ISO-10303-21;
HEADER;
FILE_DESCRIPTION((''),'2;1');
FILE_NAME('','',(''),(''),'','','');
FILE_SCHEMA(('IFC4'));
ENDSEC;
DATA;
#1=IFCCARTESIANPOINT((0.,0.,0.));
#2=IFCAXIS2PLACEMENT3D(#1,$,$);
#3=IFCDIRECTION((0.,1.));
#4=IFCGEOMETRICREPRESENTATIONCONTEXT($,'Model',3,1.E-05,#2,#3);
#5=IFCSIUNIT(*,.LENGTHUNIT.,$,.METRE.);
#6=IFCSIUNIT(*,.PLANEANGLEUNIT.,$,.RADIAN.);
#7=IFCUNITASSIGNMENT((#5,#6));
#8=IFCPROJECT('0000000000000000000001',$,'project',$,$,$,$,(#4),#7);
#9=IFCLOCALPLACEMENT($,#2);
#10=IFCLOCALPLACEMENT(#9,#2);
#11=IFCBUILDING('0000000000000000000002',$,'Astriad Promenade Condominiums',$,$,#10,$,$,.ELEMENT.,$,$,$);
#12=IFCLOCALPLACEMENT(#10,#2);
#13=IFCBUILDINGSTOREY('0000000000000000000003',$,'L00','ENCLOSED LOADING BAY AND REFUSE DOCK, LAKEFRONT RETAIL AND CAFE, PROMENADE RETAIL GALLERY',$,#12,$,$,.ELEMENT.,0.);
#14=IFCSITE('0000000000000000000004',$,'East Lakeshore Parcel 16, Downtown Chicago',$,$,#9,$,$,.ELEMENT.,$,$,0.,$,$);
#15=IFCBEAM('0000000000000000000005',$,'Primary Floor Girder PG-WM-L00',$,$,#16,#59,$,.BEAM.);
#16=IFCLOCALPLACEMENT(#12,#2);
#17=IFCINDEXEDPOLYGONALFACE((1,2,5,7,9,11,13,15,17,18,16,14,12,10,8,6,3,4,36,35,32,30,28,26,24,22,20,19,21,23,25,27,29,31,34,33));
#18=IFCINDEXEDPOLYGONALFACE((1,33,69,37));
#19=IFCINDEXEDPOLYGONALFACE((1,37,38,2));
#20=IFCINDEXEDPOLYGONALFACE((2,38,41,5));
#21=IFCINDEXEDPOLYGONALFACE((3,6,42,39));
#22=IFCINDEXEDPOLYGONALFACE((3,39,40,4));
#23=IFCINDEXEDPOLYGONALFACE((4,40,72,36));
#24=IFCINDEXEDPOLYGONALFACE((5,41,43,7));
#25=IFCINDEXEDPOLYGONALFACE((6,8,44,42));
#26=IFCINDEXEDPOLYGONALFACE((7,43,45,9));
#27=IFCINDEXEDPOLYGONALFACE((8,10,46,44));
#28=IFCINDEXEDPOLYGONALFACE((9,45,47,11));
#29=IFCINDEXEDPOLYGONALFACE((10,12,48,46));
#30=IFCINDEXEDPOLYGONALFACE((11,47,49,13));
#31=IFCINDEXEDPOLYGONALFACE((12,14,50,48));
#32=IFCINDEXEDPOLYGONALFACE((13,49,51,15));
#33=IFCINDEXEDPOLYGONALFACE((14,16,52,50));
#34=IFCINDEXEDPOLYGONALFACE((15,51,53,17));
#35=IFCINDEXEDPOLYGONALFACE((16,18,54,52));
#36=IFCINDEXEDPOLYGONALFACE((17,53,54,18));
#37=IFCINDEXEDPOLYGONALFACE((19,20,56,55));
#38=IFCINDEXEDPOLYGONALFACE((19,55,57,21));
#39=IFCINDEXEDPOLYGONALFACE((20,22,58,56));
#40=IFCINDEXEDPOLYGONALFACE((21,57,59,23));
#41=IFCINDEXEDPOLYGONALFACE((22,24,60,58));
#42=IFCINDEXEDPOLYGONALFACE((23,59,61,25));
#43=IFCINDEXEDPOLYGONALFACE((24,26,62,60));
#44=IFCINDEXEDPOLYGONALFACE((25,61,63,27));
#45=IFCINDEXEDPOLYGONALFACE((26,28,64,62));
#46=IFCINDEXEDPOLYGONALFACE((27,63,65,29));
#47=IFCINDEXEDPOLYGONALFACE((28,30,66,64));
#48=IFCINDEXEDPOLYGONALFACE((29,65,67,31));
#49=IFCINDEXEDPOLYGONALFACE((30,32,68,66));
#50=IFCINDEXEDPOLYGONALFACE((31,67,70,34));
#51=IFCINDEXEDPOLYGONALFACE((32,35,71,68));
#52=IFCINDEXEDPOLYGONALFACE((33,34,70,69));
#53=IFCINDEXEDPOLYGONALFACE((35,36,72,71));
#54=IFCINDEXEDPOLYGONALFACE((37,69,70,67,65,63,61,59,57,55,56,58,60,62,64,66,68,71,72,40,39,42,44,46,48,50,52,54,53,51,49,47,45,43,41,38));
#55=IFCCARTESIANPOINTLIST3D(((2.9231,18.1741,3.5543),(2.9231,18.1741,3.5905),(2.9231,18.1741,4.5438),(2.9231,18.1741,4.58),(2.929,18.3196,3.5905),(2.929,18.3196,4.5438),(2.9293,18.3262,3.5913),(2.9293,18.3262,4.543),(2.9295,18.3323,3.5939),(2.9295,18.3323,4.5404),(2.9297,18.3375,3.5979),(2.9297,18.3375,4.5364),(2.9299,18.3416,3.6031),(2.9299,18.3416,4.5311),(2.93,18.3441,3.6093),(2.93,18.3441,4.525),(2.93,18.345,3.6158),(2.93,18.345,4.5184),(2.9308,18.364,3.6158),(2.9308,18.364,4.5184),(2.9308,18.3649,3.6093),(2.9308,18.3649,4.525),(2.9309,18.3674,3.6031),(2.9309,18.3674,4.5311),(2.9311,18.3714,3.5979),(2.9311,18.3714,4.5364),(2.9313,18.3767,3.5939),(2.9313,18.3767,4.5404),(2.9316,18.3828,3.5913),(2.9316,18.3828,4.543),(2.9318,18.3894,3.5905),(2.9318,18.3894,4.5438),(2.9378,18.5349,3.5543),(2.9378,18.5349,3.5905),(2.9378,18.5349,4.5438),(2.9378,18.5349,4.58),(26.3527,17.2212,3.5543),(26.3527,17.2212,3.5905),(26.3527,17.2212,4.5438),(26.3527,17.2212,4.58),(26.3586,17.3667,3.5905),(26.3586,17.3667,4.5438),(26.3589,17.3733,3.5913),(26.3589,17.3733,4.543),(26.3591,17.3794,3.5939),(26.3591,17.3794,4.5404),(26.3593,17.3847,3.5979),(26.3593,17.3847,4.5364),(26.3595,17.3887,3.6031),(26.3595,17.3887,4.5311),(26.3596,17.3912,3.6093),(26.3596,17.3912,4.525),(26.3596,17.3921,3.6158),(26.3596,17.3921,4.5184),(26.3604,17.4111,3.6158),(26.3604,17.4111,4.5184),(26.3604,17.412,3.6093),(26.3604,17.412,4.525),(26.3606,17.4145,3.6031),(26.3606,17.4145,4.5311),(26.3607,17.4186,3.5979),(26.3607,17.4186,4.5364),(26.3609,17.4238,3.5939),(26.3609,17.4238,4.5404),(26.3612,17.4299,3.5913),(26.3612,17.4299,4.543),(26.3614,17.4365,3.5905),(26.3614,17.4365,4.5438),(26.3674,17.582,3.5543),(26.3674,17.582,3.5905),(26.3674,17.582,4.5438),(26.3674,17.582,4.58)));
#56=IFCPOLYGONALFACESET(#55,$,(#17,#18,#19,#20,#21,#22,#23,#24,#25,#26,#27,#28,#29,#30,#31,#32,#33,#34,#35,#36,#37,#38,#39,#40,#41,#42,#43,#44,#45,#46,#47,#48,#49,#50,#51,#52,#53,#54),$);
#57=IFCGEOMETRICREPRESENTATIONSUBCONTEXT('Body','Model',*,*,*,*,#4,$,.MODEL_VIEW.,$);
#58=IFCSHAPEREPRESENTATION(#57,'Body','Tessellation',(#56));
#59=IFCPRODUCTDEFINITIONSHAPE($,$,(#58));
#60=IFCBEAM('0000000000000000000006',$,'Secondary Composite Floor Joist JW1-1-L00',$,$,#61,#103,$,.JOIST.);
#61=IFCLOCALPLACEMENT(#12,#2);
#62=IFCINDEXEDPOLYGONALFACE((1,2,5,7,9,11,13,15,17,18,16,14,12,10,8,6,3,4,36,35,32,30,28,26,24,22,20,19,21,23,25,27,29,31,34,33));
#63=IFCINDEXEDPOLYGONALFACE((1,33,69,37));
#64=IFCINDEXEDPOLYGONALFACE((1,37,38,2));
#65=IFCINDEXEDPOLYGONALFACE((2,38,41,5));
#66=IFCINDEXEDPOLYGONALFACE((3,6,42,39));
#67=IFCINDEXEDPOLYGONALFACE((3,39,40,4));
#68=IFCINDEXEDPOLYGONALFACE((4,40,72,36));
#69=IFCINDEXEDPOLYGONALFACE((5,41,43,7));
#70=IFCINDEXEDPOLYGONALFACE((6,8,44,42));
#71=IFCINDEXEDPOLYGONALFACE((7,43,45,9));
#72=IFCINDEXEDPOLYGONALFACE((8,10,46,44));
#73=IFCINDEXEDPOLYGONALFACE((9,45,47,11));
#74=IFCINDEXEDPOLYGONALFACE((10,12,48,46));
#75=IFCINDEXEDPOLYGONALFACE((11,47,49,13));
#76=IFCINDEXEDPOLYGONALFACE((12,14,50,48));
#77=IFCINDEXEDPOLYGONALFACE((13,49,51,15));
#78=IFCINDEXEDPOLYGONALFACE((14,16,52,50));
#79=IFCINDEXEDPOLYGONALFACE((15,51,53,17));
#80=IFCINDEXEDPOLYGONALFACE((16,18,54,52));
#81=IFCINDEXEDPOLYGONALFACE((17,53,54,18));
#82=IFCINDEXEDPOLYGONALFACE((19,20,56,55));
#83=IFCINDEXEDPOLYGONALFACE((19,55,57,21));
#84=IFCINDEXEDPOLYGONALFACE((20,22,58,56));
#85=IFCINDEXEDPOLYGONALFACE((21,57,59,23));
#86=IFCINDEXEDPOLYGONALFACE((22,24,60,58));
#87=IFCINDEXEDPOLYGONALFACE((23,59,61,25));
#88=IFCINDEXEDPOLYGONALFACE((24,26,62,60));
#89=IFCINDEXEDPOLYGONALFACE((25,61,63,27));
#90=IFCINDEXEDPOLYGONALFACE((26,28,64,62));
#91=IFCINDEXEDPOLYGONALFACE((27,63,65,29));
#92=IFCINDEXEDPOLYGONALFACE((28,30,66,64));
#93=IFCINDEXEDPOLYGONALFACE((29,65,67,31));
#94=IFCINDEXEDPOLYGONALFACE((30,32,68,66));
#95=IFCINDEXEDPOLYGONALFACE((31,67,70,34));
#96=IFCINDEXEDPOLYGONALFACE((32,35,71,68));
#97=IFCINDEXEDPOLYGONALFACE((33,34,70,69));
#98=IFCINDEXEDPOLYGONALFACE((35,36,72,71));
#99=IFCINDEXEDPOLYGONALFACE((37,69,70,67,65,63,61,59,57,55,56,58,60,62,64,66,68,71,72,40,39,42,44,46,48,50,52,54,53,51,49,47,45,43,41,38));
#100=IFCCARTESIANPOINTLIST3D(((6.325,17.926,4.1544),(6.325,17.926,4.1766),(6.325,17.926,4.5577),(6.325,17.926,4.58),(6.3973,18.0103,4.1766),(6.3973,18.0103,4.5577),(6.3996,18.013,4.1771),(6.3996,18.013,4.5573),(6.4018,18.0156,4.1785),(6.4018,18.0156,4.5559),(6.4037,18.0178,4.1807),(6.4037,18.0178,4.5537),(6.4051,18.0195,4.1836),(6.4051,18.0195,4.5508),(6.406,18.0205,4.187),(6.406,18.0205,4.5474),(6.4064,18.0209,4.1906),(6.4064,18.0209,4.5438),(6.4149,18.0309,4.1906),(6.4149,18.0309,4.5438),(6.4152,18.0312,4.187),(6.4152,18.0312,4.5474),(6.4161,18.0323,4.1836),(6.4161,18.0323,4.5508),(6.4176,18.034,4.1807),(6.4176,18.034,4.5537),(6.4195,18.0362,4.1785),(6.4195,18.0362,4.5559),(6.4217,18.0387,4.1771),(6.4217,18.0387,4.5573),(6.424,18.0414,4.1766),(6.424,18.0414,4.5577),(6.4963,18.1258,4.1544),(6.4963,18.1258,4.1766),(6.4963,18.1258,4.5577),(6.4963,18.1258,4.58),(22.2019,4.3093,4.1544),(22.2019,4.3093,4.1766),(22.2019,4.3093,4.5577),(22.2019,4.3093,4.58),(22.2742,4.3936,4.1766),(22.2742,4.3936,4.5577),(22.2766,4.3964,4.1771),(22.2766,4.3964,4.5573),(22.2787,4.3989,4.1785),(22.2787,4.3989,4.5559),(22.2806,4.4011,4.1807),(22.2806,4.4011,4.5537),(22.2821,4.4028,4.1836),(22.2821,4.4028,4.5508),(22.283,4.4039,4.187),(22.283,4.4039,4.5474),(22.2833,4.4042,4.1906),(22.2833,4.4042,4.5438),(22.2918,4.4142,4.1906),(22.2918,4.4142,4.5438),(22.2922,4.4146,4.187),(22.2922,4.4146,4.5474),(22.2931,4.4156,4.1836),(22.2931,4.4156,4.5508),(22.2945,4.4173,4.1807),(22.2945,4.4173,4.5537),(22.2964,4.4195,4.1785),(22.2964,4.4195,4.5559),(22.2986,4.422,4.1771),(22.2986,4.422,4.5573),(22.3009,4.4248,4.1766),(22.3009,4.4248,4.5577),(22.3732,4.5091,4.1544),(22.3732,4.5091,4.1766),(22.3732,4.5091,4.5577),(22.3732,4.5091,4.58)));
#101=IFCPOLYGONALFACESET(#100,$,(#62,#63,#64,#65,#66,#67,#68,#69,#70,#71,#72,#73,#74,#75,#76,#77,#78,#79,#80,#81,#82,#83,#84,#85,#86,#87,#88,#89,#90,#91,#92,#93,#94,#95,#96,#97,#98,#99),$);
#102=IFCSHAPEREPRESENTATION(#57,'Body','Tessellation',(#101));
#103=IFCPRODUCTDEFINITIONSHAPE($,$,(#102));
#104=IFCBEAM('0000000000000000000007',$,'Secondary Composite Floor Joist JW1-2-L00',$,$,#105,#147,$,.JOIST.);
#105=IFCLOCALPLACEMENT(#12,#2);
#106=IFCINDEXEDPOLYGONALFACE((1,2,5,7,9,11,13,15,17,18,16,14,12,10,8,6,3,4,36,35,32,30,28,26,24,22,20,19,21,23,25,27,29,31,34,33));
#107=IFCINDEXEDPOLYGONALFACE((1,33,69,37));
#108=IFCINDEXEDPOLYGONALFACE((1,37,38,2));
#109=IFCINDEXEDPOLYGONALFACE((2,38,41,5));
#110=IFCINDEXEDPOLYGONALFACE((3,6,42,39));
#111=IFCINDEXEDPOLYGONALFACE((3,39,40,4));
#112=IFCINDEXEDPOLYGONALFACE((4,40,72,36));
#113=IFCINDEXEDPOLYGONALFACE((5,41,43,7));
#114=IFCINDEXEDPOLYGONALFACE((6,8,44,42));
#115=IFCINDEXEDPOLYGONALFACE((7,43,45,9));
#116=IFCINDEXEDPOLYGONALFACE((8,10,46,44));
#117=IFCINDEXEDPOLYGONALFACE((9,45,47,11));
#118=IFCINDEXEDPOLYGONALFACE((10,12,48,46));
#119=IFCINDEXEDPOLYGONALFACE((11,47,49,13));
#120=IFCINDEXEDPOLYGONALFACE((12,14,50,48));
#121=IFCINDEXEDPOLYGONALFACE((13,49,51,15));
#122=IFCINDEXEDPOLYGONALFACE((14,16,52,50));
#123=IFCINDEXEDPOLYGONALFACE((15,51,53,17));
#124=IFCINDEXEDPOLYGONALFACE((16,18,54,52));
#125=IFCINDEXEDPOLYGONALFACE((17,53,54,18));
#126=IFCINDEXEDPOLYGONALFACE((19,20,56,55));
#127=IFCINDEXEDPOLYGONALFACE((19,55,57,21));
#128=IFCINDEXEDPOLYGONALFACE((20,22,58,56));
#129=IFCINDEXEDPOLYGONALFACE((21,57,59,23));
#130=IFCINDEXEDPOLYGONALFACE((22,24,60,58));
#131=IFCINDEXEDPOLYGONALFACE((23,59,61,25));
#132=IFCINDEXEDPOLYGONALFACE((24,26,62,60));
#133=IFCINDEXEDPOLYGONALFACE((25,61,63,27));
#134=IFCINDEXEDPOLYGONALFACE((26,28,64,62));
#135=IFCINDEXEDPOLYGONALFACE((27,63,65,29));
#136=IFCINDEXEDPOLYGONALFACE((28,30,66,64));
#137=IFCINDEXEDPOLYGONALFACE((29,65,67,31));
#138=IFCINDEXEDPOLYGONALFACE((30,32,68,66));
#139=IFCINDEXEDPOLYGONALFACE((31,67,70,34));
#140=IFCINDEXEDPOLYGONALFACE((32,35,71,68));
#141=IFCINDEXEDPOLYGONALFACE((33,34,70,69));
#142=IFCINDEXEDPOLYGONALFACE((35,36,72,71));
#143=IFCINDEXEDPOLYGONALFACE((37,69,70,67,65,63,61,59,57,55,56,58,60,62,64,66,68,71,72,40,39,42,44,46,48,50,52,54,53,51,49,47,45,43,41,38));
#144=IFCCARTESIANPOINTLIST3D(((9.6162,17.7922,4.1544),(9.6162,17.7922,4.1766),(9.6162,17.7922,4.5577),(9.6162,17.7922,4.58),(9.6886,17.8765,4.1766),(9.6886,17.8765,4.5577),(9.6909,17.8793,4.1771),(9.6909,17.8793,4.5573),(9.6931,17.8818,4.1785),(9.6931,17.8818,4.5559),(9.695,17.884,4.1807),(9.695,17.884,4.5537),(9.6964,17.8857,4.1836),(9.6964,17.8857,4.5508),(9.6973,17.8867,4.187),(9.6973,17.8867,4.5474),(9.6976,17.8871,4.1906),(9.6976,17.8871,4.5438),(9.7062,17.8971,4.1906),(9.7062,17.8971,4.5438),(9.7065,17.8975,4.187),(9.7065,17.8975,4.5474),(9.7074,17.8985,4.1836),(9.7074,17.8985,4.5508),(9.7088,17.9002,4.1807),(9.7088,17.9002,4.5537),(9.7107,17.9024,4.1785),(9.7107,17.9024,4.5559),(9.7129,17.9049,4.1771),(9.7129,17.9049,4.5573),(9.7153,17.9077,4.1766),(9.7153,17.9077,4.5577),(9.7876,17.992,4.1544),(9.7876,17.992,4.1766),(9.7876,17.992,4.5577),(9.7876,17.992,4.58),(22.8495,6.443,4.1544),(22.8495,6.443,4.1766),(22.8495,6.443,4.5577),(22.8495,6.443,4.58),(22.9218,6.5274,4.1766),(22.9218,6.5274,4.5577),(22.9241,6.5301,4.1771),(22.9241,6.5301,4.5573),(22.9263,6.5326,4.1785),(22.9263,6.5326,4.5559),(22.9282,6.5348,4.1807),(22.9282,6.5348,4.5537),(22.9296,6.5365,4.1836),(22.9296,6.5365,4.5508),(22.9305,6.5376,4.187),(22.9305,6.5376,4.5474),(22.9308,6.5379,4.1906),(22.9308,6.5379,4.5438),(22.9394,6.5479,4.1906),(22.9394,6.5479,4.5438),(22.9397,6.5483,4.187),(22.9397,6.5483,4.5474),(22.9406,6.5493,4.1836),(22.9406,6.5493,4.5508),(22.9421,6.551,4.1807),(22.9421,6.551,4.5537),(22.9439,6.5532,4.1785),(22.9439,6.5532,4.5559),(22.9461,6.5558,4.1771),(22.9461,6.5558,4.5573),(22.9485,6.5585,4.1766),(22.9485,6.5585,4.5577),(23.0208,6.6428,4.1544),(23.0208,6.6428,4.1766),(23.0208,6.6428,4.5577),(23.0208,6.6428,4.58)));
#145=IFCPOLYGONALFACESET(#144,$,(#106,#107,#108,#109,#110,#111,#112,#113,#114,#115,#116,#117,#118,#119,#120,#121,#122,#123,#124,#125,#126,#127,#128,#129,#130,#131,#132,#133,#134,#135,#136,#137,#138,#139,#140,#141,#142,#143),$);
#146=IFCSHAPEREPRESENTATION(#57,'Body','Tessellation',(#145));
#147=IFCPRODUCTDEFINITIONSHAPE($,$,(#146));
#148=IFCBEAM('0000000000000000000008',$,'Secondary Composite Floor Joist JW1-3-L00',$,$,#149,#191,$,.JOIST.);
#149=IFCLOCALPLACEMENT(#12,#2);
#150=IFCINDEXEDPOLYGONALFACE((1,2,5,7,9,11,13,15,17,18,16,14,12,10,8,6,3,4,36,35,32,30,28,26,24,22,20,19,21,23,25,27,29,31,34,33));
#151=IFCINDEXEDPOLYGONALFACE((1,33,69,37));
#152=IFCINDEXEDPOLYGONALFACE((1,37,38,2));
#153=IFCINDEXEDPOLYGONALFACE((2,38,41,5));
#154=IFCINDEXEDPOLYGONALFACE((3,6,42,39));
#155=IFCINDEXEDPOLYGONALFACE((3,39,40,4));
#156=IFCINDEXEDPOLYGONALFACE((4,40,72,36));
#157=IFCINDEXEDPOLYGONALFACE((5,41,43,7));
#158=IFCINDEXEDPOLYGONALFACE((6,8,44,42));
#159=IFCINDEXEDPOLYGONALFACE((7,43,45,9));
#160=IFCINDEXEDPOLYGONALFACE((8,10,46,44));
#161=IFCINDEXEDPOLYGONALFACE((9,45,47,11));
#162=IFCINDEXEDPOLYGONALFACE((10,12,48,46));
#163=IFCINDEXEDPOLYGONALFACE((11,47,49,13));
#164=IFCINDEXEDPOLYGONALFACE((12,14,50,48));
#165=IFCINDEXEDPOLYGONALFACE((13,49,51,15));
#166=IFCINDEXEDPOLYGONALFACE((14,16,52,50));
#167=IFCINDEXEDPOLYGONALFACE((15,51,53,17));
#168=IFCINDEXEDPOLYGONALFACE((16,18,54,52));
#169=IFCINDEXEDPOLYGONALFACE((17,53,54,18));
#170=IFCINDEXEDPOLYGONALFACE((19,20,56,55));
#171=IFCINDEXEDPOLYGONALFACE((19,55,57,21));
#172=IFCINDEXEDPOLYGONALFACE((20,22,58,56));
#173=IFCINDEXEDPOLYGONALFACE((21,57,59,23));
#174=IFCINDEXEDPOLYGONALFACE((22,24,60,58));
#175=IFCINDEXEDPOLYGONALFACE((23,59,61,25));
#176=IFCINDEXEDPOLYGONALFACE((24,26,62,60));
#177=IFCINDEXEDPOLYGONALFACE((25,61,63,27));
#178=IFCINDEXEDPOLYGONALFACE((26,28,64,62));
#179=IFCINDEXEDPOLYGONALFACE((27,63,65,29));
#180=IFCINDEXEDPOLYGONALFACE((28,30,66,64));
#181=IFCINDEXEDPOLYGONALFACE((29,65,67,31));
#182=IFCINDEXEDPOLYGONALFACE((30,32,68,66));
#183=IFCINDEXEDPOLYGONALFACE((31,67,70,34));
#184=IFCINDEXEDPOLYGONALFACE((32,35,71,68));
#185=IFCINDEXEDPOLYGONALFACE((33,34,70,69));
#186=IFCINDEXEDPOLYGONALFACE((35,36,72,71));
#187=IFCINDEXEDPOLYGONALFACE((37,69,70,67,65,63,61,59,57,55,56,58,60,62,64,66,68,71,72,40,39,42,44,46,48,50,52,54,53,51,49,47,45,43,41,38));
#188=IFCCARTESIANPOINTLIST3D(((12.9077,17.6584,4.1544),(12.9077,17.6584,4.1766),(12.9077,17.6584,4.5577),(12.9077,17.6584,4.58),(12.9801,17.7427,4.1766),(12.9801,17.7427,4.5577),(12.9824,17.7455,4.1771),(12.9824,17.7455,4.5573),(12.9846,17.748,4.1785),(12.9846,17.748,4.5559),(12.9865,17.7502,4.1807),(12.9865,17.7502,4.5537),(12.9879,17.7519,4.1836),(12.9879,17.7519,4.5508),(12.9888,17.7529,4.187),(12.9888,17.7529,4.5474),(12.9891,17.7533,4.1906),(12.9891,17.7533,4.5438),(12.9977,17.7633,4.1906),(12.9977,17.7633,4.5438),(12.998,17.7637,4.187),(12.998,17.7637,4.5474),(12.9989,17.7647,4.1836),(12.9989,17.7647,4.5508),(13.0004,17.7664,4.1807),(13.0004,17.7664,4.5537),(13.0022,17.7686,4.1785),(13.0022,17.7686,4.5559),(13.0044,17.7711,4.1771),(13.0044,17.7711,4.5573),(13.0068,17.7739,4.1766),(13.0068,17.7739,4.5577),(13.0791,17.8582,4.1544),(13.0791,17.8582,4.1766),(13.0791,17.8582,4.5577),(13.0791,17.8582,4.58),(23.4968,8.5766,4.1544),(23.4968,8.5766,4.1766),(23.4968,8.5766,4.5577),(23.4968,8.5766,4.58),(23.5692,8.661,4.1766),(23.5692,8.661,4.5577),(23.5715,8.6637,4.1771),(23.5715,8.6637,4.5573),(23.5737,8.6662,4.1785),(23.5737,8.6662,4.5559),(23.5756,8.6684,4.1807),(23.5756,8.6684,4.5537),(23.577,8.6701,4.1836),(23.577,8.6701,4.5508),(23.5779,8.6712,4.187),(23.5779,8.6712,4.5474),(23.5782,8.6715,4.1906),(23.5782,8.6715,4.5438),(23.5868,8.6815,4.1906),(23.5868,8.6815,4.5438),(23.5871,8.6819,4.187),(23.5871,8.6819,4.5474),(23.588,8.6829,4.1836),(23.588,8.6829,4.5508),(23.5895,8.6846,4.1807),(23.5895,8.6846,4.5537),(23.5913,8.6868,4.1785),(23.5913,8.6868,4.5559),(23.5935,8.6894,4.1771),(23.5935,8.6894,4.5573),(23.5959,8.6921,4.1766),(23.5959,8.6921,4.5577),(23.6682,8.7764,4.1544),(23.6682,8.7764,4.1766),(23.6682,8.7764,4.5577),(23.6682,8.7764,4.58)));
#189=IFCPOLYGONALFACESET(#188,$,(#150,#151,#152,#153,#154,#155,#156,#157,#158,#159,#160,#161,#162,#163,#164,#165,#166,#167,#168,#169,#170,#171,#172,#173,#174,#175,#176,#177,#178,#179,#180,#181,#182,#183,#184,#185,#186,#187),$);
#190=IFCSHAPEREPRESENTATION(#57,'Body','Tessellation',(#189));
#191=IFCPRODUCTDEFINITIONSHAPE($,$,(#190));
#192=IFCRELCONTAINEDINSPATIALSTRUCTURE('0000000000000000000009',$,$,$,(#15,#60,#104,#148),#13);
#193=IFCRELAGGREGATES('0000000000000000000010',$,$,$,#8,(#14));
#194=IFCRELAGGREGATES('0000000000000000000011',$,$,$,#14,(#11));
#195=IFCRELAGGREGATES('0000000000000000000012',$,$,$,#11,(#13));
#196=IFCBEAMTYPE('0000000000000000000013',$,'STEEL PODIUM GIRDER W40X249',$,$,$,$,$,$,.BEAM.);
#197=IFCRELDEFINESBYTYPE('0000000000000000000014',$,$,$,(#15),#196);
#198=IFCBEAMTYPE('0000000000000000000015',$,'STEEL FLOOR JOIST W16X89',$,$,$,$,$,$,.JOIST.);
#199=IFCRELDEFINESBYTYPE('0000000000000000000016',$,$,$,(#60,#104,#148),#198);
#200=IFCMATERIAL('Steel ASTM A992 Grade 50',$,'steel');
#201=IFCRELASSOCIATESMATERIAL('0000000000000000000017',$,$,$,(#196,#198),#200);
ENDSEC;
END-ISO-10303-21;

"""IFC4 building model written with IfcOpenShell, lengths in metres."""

from ifc_helpers import new_model, si_unit, direction, frame, origin, origin_2d, place, context, subcontext, project, spatial, i_section, extrude, source, transform, mapped, material, material_profile, profile_set, type_object, type_shapes, element, save


model = new_model("IFC4")

# Units and contexts
model_context = context("Model", 3, precision=1e-05, world=origin(), true_north=direction((0.0, 1.0)))
body_context = subcontext(model_context, "Body", "Model", "MODEL_VIEW")
ifc_project = project(units=[si_unit("LENGTHUNIT", "METRE"), si_unit("PLANEANGLEUNIT", "RADIAN")], contexts=[model_context])

# Site, building, storey
site_placement = place(None, origin())
site = spatial("IfcSite", under=ifc_project, at=site_placement, Name="East Lakeshore Parcel 16, Downtown Chicago", CompositionType="ELEMENT", RefElevation=0.0)
building_placement = place(site_placement, origin())
building = spatial("IfcBuilding", under=site, at=building_placement, Name="Astriad Promenade Condominiums", CompositionType="ELEMENT")
storey_placement = place(building_placement, origin())
storey = spatial("IfcBuildingStorey", under=building, at=storey_placement, Name="L00", Description="ENCLOSED LOADING BAY AND REFUSE DOCK, LAKEFRONT RETAIL AND CAFE, PROMENADE RETAIL GALLERY", CompositionType="ELEMENT", Elevation=0.0)

# Shared definitions
ifc_material_1 = material(Name="Steel ASTM A992 Grade 50", Category="steel")

# Beams
ifc_material_profile_1 = material_profile(ifc_material_1, i_section(OverallWidth=0.3611, OverallDepth=1.0256, WebThickness=0.019, FlangeThickness=0.0361, FilletRadius=0.0254, at=origin_2d()), Name="W40X249")
ifc_profile_set_1 = profile_set([ifc_material_profile_1], Name="Steel ASTM A992 Grade 50")
beam_type_1 = type_object("IfcBeamType", Name="STEEL PODIUM GIRDER W40X249", PredefinedType="BEAM", material=ifc_profile_set_1)
shared_shape_1 = source(origin(), body_context, "Body", "SweptSolid", [
    extrude(i_section(OverallWidth=0.3611, OverallDepth=1.0256, WebThickness=0.019, FlangeThickness=0.0361, FilletRadius=0.0254, at=origin_2d()), origin(), (0.0, 0.0, 1.0), 23.449),
])
type_shapes(beam_type_1, [shared_shape_1])
beam_1_placement = place(storey_placement, frame((2.9304, 18.3545, 4.0671), z_axis=(0.999174, -0.040636, 0.0), x_axis=(0.040636, 0.999174, 0.0)))
element("IfcBeam", 1, at=beam_1_placement, inside=storey, type_object=beam_type_1, Name="Primary Floor Girder PG-WM-L00", PredefinedType="BEAM", context=body_context, shape_type="MappedRepresentation", body=[
    mapped(shared_shape_1, transform((0.0, 0.0, 0.0), scale=1.0)),
])
ifc_material_profile_2 = material_profile(ifc_material_1, i_section(OverallWidth=0.2632, OverallDepth=0.4255, WebThickness=0.0132, FlangeThickness=0.0222, FilletRadius=0.0139, at=origin_2d()), Name="W16X89")
ifc_profile_set_2 = profile_set([ifc_material_profile_2], Name="Steel ASTM A992 Grade 50")
beam_type_2 = type_object("IfcBeamType", Name="STEEL FLOOR JOIST W16X89", PredefinedType="JOIST", material=ifc_profile_set_2)
shared_shape_2 = source(origin(), body_context, "Body", "SweptSolid", [
    extrude(i_section(OverallWidth=0.2632, OverallDepth=0.4255, WebThickness=0.0132, FlangeThickness=0.0222, FilletRadius=0.0139, at=origin_2d()), origin(), (0.0, 0.0, 1.0), 20.9163),
])
beam_2_placement = place(storey_placement, frame((6.4106, 18.0259, 4.3672), z_axis=(0.75907, -0.651009, 0.0), x_axis=(0.651009, 0.75907, 0.0)))
element("IfcBeam", 2, at=beam_2_placement, inside=storey, type_object=beam_type_2, Name="Secondary Composite Floor Joist JW1-1-L00", PredefinedType="JOIST", context=body_context, shape_type="MappedRepresentation", body=[
    mapped(shared_shape_2, transform((0.0, 0.0, 0.0), scale=1.0)),
])
shared_shape_3 = source(origin(), body_context, "Body", "SweptSolid", [
    extrude(i_section(OverallWidth=0.2632, OverallDepth=0.4255, WebThickness=0.0132, FlangeThickness=0.0222, FilletRadius=0.0139, at=origin_2d()), origin(), (0.0, 0.0, 1.0), 17.4333),
])
beam_3_placement = place(storey_placement, frame((9.7019, 17.8921, 4.3672), z_axis=(0.759075, -0.651004, 0.0), x_axis=(0.651004, 0.759075, 0.0)))
element("IfcBeam", 3, at=beam_3_placement, inside=storey, type_object=beam_type_2, Name="Secondary Composite Floor Joist JW1-2-L00", PredefinedType="JOIST", context=body_context, shape_type="MappedRepresentation", body=[
    mapped(shared_shape_3, transform((0.0, 0.0, 0.0), scale=1.0)),
])
shared_shape_4 = source(origin(), body_context, "Body", "SweptSolid", [
    extrude(i_section(OverallWidth=0.2632, OverallDepth=0.4255, WebThickness=0.0132, FlangeThickness=0.0222, FilletRadius=0.0139, at=origin_2d()), origin(), (0.0, 0.0, 1.0), 13.9502),
])
type_shapes(beam_type_2, [shared_shape_2, shared_shape_3, shared_shape_4])
beam_4_placement = place(storey_placement, frame((12.9934, 17.7583, 4.3672), z_axis=(0.759065, -0.651015, 0.0), x_axis=(0.651015, 0.759065, 0.0)))
element("IfcBeam", 4, at=beam_4_placement, inside=storey, type_object=beam_type_2, Name="Secondary Composite Floor Joist JW1-3-L00", PredefinedType="JOIST", context=body_context, shape_type="MappedRepresentation", body=[
    mapped(shared_shape_4, transform((0.0, 0.0, 0.0), scale=1.0)),
])

save(model, "model.ifc")
